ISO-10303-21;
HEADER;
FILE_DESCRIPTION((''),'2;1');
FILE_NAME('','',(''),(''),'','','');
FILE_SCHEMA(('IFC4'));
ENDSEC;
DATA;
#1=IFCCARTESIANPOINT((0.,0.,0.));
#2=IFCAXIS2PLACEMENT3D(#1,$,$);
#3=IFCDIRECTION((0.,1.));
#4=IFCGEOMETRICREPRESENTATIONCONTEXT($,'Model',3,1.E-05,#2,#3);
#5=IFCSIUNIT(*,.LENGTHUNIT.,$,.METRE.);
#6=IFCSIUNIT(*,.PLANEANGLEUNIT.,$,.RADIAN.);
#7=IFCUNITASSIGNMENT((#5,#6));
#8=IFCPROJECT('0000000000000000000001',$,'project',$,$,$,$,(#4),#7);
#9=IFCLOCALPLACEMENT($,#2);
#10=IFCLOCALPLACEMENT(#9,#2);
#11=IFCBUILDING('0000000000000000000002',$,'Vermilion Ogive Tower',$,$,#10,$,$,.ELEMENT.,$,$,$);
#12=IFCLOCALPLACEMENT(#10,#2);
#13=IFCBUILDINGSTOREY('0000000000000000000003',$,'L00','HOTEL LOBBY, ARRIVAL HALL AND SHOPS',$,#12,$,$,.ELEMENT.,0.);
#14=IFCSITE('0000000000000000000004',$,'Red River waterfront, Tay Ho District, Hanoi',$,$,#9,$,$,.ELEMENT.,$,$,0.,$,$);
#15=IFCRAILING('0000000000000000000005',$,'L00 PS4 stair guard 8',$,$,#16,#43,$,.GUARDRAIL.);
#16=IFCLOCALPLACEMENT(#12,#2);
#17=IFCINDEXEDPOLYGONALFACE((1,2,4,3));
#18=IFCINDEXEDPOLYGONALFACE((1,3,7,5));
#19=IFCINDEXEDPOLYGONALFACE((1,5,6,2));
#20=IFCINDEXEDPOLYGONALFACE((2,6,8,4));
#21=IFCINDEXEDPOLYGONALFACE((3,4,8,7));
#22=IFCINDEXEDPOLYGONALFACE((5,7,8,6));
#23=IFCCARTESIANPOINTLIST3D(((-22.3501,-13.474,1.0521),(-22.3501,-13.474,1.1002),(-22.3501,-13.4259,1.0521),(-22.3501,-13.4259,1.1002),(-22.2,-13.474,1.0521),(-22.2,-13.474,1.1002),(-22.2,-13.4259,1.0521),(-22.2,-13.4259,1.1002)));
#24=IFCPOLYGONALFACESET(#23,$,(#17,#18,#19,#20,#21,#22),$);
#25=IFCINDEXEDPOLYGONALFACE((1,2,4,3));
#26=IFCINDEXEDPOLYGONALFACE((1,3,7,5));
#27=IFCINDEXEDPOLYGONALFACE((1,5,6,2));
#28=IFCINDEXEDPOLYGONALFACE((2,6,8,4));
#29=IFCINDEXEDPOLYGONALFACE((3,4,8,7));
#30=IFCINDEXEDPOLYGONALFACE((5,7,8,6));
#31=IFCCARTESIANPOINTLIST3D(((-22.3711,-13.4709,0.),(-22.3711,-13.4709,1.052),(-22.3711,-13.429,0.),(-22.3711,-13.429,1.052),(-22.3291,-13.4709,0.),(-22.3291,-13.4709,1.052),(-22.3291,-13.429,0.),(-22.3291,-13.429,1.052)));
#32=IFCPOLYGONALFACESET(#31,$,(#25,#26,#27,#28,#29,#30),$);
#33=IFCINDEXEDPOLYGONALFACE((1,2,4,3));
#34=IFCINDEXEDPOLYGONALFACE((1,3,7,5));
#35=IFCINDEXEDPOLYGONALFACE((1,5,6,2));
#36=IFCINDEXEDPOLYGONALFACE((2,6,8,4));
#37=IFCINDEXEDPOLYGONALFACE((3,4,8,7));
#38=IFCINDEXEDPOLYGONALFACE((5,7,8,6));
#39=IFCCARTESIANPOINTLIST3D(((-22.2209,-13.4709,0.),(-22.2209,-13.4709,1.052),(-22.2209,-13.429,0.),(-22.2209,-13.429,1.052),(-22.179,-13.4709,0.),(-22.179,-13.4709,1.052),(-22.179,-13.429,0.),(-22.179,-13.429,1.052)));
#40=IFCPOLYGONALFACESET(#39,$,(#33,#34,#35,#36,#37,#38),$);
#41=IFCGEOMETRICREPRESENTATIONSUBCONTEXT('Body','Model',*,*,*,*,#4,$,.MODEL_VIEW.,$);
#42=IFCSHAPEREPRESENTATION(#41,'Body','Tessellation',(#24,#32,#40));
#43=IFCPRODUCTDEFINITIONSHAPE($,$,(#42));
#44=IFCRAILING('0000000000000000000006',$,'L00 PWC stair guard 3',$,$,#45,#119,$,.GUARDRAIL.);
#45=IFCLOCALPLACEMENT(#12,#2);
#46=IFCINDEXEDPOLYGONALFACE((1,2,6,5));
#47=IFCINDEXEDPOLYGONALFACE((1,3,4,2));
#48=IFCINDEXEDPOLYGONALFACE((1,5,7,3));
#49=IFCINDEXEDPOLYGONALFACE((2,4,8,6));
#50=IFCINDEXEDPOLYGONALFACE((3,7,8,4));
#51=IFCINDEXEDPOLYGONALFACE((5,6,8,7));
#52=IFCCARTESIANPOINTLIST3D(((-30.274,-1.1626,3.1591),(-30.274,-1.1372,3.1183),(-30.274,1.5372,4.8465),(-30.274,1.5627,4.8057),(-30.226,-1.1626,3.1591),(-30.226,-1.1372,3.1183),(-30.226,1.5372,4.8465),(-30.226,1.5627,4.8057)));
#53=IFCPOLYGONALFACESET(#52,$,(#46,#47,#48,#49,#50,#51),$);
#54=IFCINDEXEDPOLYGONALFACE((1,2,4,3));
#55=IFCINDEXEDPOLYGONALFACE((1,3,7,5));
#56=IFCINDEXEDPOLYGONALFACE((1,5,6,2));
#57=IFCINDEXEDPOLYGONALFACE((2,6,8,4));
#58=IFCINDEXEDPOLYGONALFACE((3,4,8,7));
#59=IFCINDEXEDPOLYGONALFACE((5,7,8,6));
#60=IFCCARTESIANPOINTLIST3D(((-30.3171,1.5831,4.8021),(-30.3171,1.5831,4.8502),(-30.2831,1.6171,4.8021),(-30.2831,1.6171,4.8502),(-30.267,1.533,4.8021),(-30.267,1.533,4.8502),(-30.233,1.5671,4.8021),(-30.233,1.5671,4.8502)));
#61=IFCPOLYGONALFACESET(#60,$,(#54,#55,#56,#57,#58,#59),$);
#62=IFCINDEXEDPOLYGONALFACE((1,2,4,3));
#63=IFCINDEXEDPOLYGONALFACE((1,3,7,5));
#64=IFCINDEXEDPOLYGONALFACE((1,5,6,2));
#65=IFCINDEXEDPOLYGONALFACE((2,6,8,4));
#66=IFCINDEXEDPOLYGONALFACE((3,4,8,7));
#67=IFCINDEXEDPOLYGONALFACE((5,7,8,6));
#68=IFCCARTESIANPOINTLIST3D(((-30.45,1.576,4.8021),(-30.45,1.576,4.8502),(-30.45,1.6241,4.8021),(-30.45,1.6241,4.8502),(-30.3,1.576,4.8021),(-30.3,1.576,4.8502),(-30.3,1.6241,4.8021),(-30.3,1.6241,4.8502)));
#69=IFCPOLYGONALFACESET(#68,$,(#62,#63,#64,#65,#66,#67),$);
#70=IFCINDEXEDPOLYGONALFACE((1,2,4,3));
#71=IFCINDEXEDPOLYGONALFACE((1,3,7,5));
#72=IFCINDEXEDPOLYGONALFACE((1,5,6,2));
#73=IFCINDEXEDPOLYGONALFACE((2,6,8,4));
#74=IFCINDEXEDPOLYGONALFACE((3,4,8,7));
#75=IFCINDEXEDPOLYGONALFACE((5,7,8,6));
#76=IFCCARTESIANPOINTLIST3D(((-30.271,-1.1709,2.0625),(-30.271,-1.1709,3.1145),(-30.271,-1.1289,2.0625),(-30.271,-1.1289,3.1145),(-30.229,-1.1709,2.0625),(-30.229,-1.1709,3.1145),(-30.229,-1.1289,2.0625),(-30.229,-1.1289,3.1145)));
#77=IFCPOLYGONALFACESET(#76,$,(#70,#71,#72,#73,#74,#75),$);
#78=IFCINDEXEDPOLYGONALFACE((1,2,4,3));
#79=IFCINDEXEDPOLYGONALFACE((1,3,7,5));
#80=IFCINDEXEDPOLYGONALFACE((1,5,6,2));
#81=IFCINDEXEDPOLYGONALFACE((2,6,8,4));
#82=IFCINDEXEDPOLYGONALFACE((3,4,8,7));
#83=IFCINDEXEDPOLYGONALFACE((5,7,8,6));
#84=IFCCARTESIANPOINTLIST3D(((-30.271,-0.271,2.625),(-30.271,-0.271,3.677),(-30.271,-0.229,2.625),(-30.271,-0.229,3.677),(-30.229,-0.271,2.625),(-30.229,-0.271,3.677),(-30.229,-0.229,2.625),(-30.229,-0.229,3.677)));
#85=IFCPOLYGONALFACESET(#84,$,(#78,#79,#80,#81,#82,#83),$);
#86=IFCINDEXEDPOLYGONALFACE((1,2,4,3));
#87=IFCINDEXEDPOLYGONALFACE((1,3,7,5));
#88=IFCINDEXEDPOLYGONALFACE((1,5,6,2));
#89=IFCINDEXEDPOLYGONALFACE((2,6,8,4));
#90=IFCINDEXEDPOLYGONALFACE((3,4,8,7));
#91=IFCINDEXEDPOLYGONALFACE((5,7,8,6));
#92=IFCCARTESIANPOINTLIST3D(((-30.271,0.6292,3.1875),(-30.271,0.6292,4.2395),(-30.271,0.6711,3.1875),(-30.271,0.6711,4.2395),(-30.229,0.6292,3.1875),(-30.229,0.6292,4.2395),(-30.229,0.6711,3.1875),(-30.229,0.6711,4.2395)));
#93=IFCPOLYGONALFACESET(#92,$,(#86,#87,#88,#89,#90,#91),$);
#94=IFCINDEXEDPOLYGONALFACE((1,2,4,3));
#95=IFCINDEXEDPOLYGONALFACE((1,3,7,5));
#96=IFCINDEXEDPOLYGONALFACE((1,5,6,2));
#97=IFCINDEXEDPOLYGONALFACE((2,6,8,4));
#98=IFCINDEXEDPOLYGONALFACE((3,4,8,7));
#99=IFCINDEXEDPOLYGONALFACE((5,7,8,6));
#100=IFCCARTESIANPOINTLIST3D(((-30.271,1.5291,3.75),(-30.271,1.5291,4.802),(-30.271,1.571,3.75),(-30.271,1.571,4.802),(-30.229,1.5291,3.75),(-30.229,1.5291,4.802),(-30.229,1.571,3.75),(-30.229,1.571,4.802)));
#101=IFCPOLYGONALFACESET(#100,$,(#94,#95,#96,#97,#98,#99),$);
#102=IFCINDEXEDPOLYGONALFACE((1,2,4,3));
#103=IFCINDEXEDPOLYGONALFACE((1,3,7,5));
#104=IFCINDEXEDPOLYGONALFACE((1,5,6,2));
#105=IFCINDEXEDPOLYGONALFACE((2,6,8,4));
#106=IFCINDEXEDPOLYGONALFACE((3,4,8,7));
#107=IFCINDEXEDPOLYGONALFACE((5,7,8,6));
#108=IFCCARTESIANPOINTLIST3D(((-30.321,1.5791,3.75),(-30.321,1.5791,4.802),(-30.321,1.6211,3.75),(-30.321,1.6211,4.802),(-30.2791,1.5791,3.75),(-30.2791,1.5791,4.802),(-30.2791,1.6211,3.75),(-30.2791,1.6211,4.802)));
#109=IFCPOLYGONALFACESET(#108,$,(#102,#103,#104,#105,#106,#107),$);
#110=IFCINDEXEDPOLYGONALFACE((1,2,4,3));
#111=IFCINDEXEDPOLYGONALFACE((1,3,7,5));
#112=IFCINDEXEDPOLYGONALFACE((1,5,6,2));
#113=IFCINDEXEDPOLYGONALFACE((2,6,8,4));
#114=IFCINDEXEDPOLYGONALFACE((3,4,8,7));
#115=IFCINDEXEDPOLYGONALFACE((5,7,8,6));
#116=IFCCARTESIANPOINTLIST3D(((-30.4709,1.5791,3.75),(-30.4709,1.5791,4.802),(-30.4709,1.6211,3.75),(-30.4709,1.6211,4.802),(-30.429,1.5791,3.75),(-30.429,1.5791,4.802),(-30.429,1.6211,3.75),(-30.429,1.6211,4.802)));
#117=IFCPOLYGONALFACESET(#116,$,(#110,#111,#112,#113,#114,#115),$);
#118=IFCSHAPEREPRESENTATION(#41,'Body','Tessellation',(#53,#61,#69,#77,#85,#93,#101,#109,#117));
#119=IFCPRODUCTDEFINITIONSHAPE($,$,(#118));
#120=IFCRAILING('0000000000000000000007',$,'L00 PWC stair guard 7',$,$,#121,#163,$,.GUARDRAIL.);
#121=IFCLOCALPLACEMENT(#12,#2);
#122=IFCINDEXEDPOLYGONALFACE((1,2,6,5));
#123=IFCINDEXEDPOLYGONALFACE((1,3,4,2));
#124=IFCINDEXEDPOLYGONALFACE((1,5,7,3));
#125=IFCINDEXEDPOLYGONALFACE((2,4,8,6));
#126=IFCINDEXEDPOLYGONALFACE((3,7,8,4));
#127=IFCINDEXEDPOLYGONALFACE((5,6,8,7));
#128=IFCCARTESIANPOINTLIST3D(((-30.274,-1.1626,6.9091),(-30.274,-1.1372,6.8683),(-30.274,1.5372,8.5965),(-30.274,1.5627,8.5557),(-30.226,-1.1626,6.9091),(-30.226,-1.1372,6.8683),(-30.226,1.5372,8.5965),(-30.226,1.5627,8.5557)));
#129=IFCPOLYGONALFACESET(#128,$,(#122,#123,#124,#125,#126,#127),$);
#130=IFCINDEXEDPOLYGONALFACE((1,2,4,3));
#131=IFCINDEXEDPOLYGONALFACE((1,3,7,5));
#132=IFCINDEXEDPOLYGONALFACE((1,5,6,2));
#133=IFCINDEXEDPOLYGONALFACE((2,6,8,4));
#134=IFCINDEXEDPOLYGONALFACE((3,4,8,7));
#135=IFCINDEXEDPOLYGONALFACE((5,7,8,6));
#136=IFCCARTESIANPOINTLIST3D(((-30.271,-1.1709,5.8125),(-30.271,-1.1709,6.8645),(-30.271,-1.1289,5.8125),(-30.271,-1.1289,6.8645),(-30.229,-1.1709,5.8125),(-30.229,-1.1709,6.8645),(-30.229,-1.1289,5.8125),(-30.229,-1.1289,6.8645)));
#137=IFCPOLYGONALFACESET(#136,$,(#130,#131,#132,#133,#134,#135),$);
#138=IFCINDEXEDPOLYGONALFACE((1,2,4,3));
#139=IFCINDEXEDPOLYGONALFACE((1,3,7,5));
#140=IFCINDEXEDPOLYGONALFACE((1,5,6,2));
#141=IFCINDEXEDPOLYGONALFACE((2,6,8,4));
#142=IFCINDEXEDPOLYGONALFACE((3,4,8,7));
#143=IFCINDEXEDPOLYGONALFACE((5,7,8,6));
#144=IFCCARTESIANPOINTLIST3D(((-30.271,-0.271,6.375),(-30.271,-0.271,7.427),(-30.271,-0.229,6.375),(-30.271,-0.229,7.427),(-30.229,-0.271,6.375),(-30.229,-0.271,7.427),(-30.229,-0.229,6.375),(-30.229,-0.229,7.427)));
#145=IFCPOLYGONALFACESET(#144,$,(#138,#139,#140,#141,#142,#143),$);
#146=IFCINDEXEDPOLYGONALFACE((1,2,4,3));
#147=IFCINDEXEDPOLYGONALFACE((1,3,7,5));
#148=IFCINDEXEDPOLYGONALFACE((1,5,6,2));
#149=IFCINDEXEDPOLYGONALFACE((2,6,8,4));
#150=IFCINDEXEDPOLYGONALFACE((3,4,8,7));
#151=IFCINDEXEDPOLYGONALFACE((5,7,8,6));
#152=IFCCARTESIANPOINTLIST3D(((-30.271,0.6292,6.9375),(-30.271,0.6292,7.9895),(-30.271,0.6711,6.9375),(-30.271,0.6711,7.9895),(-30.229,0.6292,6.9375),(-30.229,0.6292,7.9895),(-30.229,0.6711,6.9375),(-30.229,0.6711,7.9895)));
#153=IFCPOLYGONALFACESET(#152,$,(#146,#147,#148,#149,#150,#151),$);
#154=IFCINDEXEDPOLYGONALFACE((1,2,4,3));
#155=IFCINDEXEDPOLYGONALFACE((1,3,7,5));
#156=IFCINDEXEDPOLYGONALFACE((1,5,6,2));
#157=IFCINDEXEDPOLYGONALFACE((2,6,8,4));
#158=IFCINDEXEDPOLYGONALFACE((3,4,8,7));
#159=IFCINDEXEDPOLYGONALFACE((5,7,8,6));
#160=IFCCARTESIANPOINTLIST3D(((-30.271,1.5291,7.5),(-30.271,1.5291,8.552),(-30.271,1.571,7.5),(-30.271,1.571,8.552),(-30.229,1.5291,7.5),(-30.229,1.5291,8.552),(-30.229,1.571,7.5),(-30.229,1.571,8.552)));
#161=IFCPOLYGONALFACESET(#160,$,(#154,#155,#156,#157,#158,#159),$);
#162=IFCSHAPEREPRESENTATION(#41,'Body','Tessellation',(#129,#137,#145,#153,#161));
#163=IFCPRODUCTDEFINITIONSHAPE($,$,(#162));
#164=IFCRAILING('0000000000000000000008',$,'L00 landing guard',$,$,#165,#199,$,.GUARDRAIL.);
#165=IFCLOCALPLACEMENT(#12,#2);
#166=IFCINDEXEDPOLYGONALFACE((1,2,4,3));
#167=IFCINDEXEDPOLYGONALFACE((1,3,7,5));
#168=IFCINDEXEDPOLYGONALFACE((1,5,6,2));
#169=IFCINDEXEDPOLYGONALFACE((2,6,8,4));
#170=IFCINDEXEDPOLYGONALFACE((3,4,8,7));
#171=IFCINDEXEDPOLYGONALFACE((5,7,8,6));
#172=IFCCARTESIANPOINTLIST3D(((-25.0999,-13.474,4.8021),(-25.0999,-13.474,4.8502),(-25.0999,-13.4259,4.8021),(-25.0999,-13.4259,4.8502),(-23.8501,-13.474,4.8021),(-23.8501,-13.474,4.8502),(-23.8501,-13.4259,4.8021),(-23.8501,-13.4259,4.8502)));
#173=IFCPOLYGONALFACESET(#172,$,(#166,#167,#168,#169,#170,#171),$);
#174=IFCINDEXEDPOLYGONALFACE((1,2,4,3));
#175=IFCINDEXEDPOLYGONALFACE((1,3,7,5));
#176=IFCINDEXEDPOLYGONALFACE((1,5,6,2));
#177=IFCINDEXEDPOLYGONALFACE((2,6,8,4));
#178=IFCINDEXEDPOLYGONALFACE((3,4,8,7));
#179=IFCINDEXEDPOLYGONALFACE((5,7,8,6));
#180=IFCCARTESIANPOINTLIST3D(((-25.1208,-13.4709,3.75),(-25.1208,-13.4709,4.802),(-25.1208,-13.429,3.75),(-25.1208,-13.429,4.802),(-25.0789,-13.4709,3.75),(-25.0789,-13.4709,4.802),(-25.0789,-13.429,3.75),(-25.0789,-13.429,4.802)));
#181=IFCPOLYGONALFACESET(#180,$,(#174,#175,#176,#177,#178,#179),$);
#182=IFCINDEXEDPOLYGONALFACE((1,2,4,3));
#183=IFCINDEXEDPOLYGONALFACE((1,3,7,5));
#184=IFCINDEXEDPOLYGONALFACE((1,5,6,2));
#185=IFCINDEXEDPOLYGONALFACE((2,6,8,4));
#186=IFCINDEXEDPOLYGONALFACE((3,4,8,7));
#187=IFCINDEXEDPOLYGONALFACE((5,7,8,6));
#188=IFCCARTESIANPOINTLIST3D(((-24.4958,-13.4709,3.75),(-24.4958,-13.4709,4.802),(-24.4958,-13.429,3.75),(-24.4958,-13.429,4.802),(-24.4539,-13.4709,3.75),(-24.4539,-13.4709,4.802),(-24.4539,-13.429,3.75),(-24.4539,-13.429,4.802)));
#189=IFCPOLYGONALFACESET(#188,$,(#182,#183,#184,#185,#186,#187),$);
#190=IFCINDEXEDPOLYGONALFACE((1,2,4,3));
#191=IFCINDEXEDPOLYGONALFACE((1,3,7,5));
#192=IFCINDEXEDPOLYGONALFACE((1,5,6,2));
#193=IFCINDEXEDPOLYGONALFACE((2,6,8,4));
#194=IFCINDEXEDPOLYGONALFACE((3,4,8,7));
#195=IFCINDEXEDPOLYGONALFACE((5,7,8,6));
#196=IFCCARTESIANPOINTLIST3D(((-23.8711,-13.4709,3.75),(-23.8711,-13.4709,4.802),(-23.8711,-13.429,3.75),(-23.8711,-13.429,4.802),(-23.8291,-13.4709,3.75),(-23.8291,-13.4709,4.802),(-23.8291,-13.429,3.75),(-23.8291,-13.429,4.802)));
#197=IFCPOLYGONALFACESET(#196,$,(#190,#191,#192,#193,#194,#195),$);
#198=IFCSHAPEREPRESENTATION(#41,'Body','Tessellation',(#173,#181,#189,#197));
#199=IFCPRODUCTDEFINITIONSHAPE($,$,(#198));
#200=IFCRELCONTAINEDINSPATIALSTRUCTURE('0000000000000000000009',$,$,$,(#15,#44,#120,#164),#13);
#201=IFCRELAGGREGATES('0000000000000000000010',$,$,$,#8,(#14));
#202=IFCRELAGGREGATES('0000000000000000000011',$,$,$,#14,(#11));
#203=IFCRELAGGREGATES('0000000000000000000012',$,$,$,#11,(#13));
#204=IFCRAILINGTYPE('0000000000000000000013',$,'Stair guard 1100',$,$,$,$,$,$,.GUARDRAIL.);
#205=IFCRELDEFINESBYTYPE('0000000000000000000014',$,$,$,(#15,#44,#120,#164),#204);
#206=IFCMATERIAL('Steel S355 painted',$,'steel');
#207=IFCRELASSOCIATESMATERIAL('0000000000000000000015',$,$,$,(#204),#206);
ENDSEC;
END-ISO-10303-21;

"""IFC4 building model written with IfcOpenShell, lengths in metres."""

from ifc_helpers import new_model, si_unit, direction, frame, origin, origin_2d, place, context, subcontext, project, spatial, rectangle, extrude, material, type_object, element, save


model = new_model("IFC4")

# Units and contexts
model_context = context("Model", 3, precision=1e-05, world=origin(), true_north=direction((0.0, 1.0)))
body_context = subcontext(model_context, "Body", "Model", "MODEL_VIEW")
ifc_project = project(units=[si_unit("LENGTHUNIT", "METRE"), si_unit("PLANEANGLEUNIT", "RADIAN")], contexts=[model_context])

# Site, building, storey
site_placement = place(None, origin())
site = spatial("IfcSite", under=ifc_project, at=site_placement, Name="Red River waterfront, Tay Ho District, Hanoi", CompositionType="ELEMENT", RefElevation=0.0)
building_placement = place(site_placement, origin())
building = spatial("IfcBuilding", under=site, at=building_placement, Name="Vermilion Ogive Tower", CompositionType="ELEMENT")
storey_placement = place(building_placement, origin())
storey = spatial("IfcBuildingStorey", under=building, at=storey_placement, Name="L00", Description="HOTEL LOBBY, ARRIVAL HALL AND SHOPS", CompositionType="ELEMENT", Elevation=0.0)

# Railings
ifc_material_1 = material(Name="Steel S355 painted", Category="steel")
railing_type_1 = type_object("IfcRailingType", Name="Stair guard 1100", PredefinedType="GUARDRAIL", material=ifc_material_1)
railing_1_placement = place(storey_placement, frame((-22.3501, -13.45, 0.0)))
element("IfcRailing", 1, at=railing_1_placement, inside=storey, type_object=railing_type_1, Name="L00 PS4 stair guard 8", PredefinedType="GUARDRAIL", context=body_context, shape_type="SweptSolid", body=[
    extrude(rectangle(XDim=0.0481, YDim=0.0481, at=origin_2d()), frame((0.0, 0.0, 1.0762), z_axis=(1.0, 0.0, 0.0), x_axis=(0.0, 1.0, 0.0)), (0.0, 0.0, 1.0), 0.1501),
    extrude(rectangle(XDim=0.042, YDim=0.042, at=origin_2d()), origin(), (0.0, 0.0, 1.0), 1.052),
    extrude(rectangle(XDim=0.042, YDim=0.042, at=origin_2d()), frame((0.1501, 0.0, 0.0)), (0.0, 0.0, 1.0), 1.052),
])
railing_2_placement = place(storey_placement, frame((-30.25, -1.1499, 2.0625)))
element("IfcRailing", 2, at=railing_2_placement, inside=storey, type_object=railing_type_1, Name="L00 PWC stair guard 3", PredefinedType="GUARDRAIL", context=body_context, shape_type="SweptSolid", body=[
    extrude(rectangle(XDim=0.0481, YDim=0.0481, at=origin_2d()), frame((0.0, 0.0, 1.0762), z_axis=(0.0, 0.847994, 0.530006), x_axis=(-1.0, 0.0, 0.0)), (0.0, 0.0, 1.0), 3.1838),
    extrude(rectangle(XDim=0.0481, YDim=0.0481, at=origin_2d()), frame((0.0, 2.7, 2.7637), z_axis=(-0.707107, 0.707107, 0.0), x_axis=(-0.707107, -0.707107, 0.0)), (0.0, 0.0, 1.0), 0.0708),
    extrude(rectangle(XDim=0.0481, YDim=0.0481, at=origin_2d()), frame((-0.05, 2.75, 2.7637), z_axis=(-1.0, 0.0, 0.0), x_axis=(0.0, -1.0, 0.0)), (0.0, 0.0, 1.0), 0.1499),
    extrude(rectangle(XDim=0.042, YDim=0.042, at=origin_2d()), origin(), (0.0, 0.0, 1.0), 1.052),
    extrude(rectangle(XDim=0.042, YDim=0.042, at=origin_2d()), frame((0.0, 0.8999, 0.5625)), (0.0, 0.0, 1.0), 1.052),
    extrude(rectangle(XDim=0.042, YDim=0.042, at=origin_2d()), frame((0.0, 1.8, 1.125)), (0.0, 0.0, 1.0), 1.052),
    extrude(rectangle(XDim=0.042, YDim=0.042, at=origin_2d()), frame((0.0, 2.7, 1.6875)), (0.0, 0.0, 1.0), 1.052),
    extrude(rectangle(XDim=0.042, YDim=0.042, at=origin_2d()), frame((-0.05, 2.75, 1.6875)), (0.0, 0.0, 1.0), 1.052),
    extrude(rectangle(XDim=0.042, YDim=0.042, at=origin_2d()), frame((-0.2, 2.75, 1.6875)), (0.0, 0.0, 1.0), 1.052),
])
railing_3_placement = place(storey_placement, frame((-30.25, -1.1499, 5.8125)))
element("IfcRailing", 3, at=railing_3_placement, inside=storey, type_object=railing_type_1, Name="L00 PWC stair guard 7", PredefinedType="GUARDRAIL", context=body_context, shape_type="SweptSolid", body=[
    extrude(rectangle(XDim=0.0481, YDim=0.0481, at=origin_2d()), frame((0.0, 0.0, 1.0762), z_axis=(0.0, 0.847994, 0.530006), x_axis=(-1.0, 0.0, 0.0)), (0.0, 0.0, 1.0), 3.1838),
    extrude(rectangle(XDim=0.042, YDim=0.042, at=origin_2d()), origin(), (0.0, 0.0, 1.0), 1.052),
    extrude(rectangle(XDim=0.042, YDim=0.042, at=origin_2d()), frame((0.0, 0.8999, 0.5625)), (0.0, 0.0, 1.0), 1.052),
    extrude(rectangle(XDim=0.042, YDim=0.042, at=origin_2d()), frame((0.0, 1.8, 1.125)), (0.0, 0.0, 1.0), 1.052),
    extrude(rectangle(XDim=0.042, YDim=0.042, at=origin_2d()), frame((0.0, 2.7, 1.6875)), (0.0, 0.0, 1.0), 1.052),
])
railing_4_placement = place(storey_placement, frame((-25.0999, -13.45, 3.75)))
element("IfcRailing", 4, at=railing_4_placement, inside=storey, type_object=railing_type_1, Name="L00 landing guard", PredefinedType="GUARDRAIL", context=body_context, shape_type="SweptSolid", body=[
    extrude(rectangle(XDim=0.0481, YDim=0.0481, at=origin_2d()), frame((0.0, 0.0, 1.0762), z_axis=(1.0, 0.0, 0.0), x_axis=(0.0, 1.0, 0.0)), (0.0, 0.0, 1.0), 1.2498),
    extrude(rectangle(XDim=0.042, YDim=0.042, at=origin_2d()), origin(), (0.0, 0.0, 1.0), 1.052),
    extrude(rectangle(XDim=0.042, YDim=0.042, at=origin_2d()), frame((0.625, 0.0, 0.0)), (0.0, 0.0, 1.0), 1.052),
    extrude(rectangle(XDim=0.042, YDim=0.042, at=origin_2d()), frame((1.2498, 0.0, 0.0)), (0.0, 0.0, 1.0), 1.052),
])

save(model, "model.ifc")
